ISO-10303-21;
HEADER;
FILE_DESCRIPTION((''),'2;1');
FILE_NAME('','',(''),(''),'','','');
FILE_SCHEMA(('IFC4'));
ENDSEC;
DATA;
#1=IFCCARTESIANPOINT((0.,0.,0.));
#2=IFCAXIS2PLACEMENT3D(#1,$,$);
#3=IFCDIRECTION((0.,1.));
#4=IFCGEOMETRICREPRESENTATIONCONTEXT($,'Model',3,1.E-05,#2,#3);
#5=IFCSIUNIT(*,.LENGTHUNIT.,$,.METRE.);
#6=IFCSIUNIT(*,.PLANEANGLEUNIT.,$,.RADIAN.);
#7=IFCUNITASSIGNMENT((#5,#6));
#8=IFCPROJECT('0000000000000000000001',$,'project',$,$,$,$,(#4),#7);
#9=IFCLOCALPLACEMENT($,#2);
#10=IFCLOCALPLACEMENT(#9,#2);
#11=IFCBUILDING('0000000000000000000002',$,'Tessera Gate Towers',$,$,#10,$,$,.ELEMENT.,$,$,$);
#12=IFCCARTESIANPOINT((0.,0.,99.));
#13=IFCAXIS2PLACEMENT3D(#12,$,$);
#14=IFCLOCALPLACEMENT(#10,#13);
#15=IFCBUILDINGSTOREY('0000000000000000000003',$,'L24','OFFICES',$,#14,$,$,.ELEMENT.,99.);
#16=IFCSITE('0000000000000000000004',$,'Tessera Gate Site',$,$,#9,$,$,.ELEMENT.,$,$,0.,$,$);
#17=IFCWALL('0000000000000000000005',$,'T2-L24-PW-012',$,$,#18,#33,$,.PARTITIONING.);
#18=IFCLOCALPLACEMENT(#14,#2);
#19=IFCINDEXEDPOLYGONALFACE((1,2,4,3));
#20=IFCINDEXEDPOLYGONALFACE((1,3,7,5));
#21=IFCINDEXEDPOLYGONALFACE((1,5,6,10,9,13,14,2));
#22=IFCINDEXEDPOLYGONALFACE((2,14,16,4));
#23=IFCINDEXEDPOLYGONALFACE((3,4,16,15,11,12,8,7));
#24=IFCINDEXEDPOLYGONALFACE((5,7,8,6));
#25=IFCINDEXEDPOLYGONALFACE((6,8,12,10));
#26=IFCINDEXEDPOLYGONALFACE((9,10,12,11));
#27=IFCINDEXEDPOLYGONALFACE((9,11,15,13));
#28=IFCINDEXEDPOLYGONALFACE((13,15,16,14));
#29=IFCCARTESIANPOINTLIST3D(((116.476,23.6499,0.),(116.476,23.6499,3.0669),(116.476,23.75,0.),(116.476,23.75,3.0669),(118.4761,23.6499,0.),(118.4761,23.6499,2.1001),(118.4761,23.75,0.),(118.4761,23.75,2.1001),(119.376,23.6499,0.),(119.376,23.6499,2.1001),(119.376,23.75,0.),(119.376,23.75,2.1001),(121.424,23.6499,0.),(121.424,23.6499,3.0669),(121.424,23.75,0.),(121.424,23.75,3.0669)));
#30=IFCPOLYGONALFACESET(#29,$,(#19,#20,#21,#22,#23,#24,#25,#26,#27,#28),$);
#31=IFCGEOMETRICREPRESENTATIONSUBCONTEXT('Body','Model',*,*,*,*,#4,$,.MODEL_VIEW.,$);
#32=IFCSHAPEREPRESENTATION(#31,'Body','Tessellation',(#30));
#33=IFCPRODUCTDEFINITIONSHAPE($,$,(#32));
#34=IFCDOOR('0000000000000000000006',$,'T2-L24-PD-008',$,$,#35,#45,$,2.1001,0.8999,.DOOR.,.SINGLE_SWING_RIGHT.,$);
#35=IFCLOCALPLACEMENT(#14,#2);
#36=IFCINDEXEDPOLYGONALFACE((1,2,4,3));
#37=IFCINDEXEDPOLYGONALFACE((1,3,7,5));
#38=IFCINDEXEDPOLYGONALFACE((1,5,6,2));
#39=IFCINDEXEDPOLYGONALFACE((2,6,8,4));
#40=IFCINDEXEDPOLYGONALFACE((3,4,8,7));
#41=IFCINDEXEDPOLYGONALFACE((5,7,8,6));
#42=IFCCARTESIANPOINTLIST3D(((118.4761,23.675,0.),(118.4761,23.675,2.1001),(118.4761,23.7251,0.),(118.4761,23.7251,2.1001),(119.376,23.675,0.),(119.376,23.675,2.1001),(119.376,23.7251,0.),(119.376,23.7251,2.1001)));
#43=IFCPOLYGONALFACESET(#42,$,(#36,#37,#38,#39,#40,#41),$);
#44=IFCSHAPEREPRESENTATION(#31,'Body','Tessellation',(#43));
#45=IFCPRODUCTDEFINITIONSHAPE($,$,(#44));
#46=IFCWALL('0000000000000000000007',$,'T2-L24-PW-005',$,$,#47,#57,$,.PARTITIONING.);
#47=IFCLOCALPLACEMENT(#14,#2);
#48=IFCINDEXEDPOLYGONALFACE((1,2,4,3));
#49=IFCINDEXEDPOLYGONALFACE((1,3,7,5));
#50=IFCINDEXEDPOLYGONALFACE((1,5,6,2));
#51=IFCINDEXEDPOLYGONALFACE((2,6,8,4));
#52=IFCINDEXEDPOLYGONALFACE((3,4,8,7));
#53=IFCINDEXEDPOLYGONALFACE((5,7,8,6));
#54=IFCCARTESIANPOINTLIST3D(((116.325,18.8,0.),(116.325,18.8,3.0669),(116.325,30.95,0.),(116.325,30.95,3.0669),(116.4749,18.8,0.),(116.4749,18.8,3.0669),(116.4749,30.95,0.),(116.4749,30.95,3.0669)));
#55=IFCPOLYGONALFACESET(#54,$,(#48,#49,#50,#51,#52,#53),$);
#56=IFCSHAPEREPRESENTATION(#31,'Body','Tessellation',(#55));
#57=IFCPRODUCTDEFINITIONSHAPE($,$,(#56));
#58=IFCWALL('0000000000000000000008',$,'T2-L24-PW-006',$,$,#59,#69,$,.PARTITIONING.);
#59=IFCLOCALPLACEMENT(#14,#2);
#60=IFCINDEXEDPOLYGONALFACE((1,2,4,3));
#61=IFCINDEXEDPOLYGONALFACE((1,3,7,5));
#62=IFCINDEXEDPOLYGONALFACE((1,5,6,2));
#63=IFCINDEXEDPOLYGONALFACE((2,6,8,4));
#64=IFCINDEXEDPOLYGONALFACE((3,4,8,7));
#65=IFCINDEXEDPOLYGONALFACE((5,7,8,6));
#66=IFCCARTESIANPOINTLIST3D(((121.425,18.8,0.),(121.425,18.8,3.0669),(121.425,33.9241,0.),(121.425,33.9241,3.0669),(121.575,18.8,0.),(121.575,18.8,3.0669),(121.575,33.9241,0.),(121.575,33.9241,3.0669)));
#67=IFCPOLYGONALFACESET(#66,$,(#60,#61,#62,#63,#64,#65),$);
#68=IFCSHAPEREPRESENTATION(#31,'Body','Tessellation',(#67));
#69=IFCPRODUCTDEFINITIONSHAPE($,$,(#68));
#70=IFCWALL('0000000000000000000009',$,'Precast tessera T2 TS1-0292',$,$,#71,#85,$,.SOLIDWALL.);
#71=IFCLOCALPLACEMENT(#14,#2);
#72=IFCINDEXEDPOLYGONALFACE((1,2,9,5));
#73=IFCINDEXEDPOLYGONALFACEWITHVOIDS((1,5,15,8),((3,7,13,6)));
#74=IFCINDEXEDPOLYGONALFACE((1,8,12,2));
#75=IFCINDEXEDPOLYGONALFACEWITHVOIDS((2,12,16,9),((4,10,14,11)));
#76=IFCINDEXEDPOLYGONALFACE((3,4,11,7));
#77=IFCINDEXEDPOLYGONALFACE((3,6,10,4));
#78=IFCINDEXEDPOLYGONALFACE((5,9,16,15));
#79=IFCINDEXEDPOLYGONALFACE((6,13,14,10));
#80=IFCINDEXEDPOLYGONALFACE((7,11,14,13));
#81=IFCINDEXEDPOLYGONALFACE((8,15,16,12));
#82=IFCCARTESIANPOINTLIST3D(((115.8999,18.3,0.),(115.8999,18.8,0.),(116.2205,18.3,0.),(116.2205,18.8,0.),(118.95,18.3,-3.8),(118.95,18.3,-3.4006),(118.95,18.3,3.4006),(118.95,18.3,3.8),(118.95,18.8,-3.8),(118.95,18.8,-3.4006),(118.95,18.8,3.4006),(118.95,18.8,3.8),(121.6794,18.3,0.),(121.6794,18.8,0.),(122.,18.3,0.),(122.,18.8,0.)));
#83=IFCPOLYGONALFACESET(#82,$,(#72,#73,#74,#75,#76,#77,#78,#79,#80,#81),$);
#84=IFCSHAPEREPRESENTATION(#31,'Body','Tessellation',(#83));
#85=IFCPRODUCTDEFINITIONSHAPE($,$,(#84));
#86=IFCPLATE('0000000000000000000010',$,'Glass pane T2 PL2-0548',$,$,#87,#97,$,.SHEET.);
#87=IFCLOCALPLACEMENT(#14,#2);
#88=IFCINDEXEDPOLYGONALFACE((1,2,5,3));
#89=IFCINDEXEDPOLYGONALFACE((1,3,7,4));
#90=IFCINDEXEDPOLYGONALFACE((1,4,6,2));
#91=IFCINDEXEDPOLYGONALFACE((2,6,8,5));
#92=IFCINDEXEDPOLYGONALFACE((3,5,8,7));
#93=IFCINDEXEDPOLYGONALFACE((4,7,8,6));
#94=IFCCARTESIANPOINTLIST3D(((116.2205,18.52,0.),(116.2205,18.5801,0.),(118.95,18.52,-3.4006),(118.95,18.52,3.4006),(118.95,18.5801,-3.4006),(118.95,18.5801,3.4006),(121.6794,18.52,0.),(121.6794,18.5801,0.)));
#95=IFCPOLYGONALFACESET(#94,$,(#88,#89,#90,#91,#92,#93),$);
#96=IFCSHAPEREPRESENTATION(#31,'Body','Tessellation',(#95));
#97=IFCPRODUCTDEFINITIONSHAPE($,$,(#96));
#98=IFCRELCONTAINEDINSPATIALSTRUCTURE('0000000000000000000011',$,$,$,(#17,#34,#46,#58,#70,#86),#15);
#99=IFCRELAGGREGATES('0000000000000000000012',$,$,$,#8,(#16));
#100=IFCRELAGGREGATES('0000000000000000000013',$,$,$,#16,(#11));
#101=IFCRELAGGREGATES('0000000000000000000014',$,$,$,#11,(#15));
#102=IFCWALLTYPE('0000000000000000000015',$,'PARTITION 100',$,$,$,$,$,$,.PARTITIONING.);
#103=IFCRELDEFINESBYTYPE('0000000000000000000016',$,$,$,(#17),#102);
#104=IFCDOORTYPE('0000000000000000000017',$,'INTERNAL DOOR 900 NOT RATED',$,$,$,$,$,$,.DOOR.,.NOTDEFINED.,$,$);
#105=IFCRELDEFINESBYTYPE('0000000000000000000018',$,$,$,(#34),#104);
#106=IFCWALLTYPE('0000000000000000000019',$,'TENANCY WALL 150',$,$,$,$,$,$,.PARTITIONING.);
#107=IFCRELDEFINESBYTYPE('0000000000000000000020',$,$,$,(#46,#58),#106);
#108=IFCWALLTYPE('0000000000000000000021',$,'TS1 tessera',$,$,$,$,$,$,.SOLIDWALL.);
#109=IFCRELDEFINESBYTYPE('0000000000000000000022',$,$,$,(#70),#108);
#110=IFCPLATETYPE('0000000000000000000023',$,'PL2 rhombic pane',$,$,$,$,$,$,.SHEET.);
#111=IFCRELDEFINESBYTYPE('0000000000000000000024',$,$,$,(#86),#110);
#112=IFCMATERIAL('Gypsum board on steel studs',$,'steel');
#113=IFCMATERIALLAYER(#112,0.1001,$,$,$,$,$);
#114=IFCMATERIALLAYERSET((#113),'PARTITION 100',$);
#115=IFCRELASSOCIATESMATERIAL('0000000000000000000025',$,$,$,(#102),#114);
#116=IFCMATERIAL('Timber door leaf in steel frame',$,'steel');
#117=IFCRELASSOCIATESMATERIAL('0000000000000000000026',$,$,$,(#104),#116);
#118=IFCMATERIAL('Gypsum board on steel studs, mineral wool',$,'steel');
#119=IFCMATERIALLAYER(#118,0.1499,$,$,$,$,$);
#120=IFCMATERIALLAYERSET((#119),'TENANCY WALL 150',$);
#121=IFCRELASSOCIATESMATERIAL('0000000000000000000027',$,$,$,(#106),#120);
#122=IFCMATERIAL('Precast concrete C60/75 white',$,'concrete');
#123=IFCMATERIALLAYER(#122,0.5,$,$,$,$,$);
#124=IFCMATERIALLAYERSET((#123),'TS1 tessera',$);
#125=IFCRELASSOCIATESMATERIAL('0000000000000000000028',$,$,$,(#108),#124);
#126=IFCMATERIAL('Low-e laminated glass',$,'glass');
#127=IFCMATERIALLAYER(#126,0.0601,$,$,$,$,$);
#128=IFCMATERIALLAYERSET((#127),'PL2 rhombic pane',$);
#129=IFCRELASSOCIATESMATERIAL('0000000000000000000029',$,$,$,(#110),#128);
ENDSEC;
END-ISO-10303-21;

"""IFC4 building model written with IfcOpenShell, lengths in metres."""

from ifc_helpers import new_model, si_unit, direction, frame, frame_2d, origin, place, context, subcontext, project, spatial, polyline, rectangle, outline, extrude, source, transform, mapped, material, layer, layer_set, type_object, element, fill, save


model = new_model("IFC4")

# Units and contexts
model_context = context("Model", 3, precision=1e-05, world=origin(), true_north=direction((0.0, 1.0)))
body_context = subcontext(model_context, "Body", "Model", "MODEL_VIEW")
ifc_project = project(units=[si_unit("LENGTHUNIT", "METRE"), si_unit("PLANEANGLEUNIT", "RADIAN")], contexts=[model_context])

# Site, building, storey
site_placement = place(None, origin())
site = spatial("IfcSite", under=ifc_project, at=site_placement, Name="Tessera Gate Site", CompositionType="ELEMENT", RefElevation=0.0)
building_placement = place(site_placement, origin())
building = spatial("IfcBuilding", under=site, at=building_placement, Name="Tessera Gate Towers", CompositionType="ELEMENT")
storey_placement = place(building_placement, frame((0.0, 0.0, 99.0)))
storey = spatial("IfcBuildingStorey", under=building, at=storey_placement, Name="L24", Description="OFFICES", CompositionType="ELEMENT", Elevation=99.0)

# Wall, opening, door
ifc_material_1 = material(Name="Gypsum board on steel studs", Category="steel")
ifc_layer_1 = layer(ifc_material_1, 0.1001)
ifc_layer_set_1 = layer_set([ifc_layer_1], Name="PARTITION 100")
wall_type_1 = type_object("IfcWallType", Name="PARTITION 100", PredefinedType="PARTITIONING", material=ifc_layer_set_1)
shared_shape_1 = source(origin(), body_context, "Body", "SweptSolid", [
    extrude(rectangle(XDim=0.8999, YDim=2.1001, at=frame_2d((0.45, 1.05))), frame((0.0, 0.0601, 0.0), z_axis=(0.0, -1.0, 0.0), x_axis=(1.0, 0.0, 0.0)), (0.0, 0.0, 1.0), 0.1201),
])
ifc_material_2 = material(Name="Timber door leaf in steel frame", Category="steel")
door_type = type_object("IfcDoorType", Name="INTERNAL DOOR 900 NOT RATED", OperationType="NOTDEFINED", PredefinedType="DOOR", material=ifc_material_2)
shared_shape_2 = source(origin(), body_context, "Body", "SweptSolid", [
    extrude(rectangle(XDim=0.8999, YDim=2.1001, at=frame_2d((0.45, 1.05))), frame((0.0, 0.0249, 0.0), z_axis=(0.0, -1.0, 0.0), x_axis=(1.0, 0.0, 0.0)), (0.0, 0.0, 1.0), 0.05),
])
wall_1_placement = place(storey_placement, frame((121.4241, 23.7, 0.0), z_axis=(0.0, 0.0, 1.0), x_axis=(-1.0, 0.0, 0.0)))
wall_1 = element("IfcWall", 1, at=wall_1_placement, inside=storey, type_object=wall_type_1, Name="T2-L24-PW-012", PredefinedType="PARTITIONING", context=body_context, shape_type="SweptSolid", body=[
    extrude(rectangle(XDim=4.948, YDim=0.1001, at=frame_2d((2.4741, 0.0))), origin(), (0.0, 0.0, 1.0), 3.0669),
])
opening_1_placement = place(wall_1_placement, frame((2.0481, 0.0, 0.0)))
opening_1 = element("IfcOpeningElement", 2, at=opening_1_placement, cuts=wall_1, PredefinedType="OPENING", context=body_context, shape_type="MappedRepresentation", body=[
    mapped(shared_shape_1, transform((0.0, 0.0, 0.0), scale=1.0)),
])
door_1_placement = place(opening_1_placement, origin())
door_1 = element("IfcDoor", 3, at=door_1_placement, inside=storey, type_object=door_type, Name="T2-L24-PD-008", OperationType="SINGLE_SWING_RIGHT", OverallHeight=2.1001, OverallWidth=0.8999, PredefinedType="DOOR", context=body_context, shape_type="MappedRepresentation", body=[
    mapped(shared_shape_2, transform((0.0, 0.0, 0.0), scale=1.0)),
])
fill(opening_1, door_1)

# Walls
ifc_material_3 = material(Name="Gypsum board on steel studs, mineral wool", Category="steel")
ifc_layer_2 = layer(ifc_material_3, 0.1499)
ifc_layer_set_2 = layer_set([ifc_layer_2], Name="TENANCY WALL 150")
wall_type_2 = type_object("IfcWallType", Name="TENANCY WALL 150", PredefinedType="PARTITIONING", material=ifc_layer_set_2)
wall_2_placement = place(storey_placement, frame((116.3999, 18.8, 0.0), z_axis=(0.0, 0.0, 1.0), x_axis=(0.0, 1.0, 0.0)))
element("IfcWall", 4, at=wall_2_placement, inside=storey, type_object=wall_type_2, Name="T2-L24-PW-005", PredefinedType="PARTITIONING", context=body_context, shape_type="SweptSolid", body=[
    extrude(rectangle(XDim=12.1499, YDim=0.1499, at=frame_2d((6.075, 0.0))), origin(), (0.0, 0.0, 1.0), 3.0669),
])
wall_3_placement = place(storey_placement, frame((121.5, 18.8, 0.0), z_axis=(0.0, 0.0, 1.0), x_axis=(0.0, 1.0, 0.0)))
element("IfcWall", 5, at=wall_3_placement, inside=storey, type_object=wall_type_2, Name="T2-L24-PW-006", PredefinedType="PARTITIONING", context=body_context, shape_type="SweptSolid", body=[
    extrude(rectangle(XDim=15.124, YDim=0.1499, at=frame_2d((7.562, 0.0))), origin(), (0.0, 0.0, 1.0), 3.0669),
])

# Wall, opening, plate
ifc_material_4 = material(Name="Precast concrete C60/75 white", Category="concrete")
ifc_layer_3 = layer(ifc_material_4, 0.5)
ifc_layer_set_3 = layer_set([ifc_layer_3], Name="TS1 tessera")
wall_type_3 = type_object("IfcWallType", Name="TS1 tessera", PredefinedType="SOLIDWALL", material=ifc_layer_set_3)
shared_shape_3 = source(origin(), body_context, "Body", "SweptSolid", [
    extrude(outline(polyline([(3.05, 0.0), (6.1001, 3.8), (3.05, 7.6001), (0.0, 3.8), (3.05, 0.0)])), frame((0.0, 0.25, 0.0), z_axis=(0.0, -1.0, 0.0), x_axis=(1.0, 0.0, 0.0)), (0.0, 0.0, 1.0), 0.5),
])
wall_4_placement = place(storey_placement, frame((115.8999, 18.55, -3.8), z_axis=(0.0, 0.0, 1.0), x_axis=(1.0, 0.0, 0.0)))
wall_4 = element("IfcWall", 6, at=wall_4_placement, inside=storey, type_object=wall_type_3, Name="Precast tessera T2 TS1-0292", PredefinedType="SOLIDWALL", context=body_context, shape_type="MappedRepresentation", body=[
    mapped(shared_shape_3, transform((0.0, 0.0, 0.0), scale=1.0)),
])
shared_shape_4 = source(origin(), body_context, "Body", "SweptSolid", [
    extrude(outline(polyline([(3.05, 0.3994), (5.7795, 3.8), (3.05, 7.2007), (0.3206, 3.8), (3.05, 0.3994)])), frame((0.0, 0.26, 0.0), z_axis=(0.0, -1.0, 0.0), x_axis=(1.0, 0.0, 0.0)), (0.0, 0.0, 1.0), 0.52),
])
opening_2_placement = place(wall_4_placement, origin())
opening_2 = element("IfcOpeningElement", 7, at=opening_2_placement, cuts=wall_4, PredefinedType="OPENING", context=body_context, shape_type="MappedRepresentation", body=[
    mapped(shared_shape_4, transform((0.0, 0.0, 0.0), scale=1.0)),
])
ifc_material_5 = material(Name="Low-e laminated glass", Category="glass")
ifc_layer_4 = layer(ifc_material_5, 0.0601)
ifc_layer_set_4 = layer_set([ifc_layer_4], Name="PL2 rhombic pane")
plate_type = type_object("IfcPlateType", Name="PL2 rhombic pane", PredefinedType="SHEET", material=ifc_layer_set_4)
shared_shape_5 = source(origin(), body_context, "Body", "SweptSolid", [
    extrude(outline(polyline([(3.05, 0.3994), (5.7795, 3.8), (3.05, 7.2007), (0.3206, 3.8), (3.05, 0.3994)])), frame((0.0, 0.03, 0.0), z_axis=(0.0, -1.0, 0.0), x_axis=(1.0, 0.0, 0.0)), (0.0, 0.0, 1.0), 0.0601),
])
plate_placement = place(opening_2_placement, origin())
plate = element("IfcPlate", 8, at=plate_placement, inside=storey, type_object=plate_type, Name="Glass pane T2 PL2-0548", PredefinedType="SHEET", context=body_context, shape_type="MappedRepresentation", body=[
    mapped(shared_shape_5, transform((0.0, 0.0, 0.0), scale=1.0)),
])
fill(opening_2, plate)

save(model, "model.ifc")
